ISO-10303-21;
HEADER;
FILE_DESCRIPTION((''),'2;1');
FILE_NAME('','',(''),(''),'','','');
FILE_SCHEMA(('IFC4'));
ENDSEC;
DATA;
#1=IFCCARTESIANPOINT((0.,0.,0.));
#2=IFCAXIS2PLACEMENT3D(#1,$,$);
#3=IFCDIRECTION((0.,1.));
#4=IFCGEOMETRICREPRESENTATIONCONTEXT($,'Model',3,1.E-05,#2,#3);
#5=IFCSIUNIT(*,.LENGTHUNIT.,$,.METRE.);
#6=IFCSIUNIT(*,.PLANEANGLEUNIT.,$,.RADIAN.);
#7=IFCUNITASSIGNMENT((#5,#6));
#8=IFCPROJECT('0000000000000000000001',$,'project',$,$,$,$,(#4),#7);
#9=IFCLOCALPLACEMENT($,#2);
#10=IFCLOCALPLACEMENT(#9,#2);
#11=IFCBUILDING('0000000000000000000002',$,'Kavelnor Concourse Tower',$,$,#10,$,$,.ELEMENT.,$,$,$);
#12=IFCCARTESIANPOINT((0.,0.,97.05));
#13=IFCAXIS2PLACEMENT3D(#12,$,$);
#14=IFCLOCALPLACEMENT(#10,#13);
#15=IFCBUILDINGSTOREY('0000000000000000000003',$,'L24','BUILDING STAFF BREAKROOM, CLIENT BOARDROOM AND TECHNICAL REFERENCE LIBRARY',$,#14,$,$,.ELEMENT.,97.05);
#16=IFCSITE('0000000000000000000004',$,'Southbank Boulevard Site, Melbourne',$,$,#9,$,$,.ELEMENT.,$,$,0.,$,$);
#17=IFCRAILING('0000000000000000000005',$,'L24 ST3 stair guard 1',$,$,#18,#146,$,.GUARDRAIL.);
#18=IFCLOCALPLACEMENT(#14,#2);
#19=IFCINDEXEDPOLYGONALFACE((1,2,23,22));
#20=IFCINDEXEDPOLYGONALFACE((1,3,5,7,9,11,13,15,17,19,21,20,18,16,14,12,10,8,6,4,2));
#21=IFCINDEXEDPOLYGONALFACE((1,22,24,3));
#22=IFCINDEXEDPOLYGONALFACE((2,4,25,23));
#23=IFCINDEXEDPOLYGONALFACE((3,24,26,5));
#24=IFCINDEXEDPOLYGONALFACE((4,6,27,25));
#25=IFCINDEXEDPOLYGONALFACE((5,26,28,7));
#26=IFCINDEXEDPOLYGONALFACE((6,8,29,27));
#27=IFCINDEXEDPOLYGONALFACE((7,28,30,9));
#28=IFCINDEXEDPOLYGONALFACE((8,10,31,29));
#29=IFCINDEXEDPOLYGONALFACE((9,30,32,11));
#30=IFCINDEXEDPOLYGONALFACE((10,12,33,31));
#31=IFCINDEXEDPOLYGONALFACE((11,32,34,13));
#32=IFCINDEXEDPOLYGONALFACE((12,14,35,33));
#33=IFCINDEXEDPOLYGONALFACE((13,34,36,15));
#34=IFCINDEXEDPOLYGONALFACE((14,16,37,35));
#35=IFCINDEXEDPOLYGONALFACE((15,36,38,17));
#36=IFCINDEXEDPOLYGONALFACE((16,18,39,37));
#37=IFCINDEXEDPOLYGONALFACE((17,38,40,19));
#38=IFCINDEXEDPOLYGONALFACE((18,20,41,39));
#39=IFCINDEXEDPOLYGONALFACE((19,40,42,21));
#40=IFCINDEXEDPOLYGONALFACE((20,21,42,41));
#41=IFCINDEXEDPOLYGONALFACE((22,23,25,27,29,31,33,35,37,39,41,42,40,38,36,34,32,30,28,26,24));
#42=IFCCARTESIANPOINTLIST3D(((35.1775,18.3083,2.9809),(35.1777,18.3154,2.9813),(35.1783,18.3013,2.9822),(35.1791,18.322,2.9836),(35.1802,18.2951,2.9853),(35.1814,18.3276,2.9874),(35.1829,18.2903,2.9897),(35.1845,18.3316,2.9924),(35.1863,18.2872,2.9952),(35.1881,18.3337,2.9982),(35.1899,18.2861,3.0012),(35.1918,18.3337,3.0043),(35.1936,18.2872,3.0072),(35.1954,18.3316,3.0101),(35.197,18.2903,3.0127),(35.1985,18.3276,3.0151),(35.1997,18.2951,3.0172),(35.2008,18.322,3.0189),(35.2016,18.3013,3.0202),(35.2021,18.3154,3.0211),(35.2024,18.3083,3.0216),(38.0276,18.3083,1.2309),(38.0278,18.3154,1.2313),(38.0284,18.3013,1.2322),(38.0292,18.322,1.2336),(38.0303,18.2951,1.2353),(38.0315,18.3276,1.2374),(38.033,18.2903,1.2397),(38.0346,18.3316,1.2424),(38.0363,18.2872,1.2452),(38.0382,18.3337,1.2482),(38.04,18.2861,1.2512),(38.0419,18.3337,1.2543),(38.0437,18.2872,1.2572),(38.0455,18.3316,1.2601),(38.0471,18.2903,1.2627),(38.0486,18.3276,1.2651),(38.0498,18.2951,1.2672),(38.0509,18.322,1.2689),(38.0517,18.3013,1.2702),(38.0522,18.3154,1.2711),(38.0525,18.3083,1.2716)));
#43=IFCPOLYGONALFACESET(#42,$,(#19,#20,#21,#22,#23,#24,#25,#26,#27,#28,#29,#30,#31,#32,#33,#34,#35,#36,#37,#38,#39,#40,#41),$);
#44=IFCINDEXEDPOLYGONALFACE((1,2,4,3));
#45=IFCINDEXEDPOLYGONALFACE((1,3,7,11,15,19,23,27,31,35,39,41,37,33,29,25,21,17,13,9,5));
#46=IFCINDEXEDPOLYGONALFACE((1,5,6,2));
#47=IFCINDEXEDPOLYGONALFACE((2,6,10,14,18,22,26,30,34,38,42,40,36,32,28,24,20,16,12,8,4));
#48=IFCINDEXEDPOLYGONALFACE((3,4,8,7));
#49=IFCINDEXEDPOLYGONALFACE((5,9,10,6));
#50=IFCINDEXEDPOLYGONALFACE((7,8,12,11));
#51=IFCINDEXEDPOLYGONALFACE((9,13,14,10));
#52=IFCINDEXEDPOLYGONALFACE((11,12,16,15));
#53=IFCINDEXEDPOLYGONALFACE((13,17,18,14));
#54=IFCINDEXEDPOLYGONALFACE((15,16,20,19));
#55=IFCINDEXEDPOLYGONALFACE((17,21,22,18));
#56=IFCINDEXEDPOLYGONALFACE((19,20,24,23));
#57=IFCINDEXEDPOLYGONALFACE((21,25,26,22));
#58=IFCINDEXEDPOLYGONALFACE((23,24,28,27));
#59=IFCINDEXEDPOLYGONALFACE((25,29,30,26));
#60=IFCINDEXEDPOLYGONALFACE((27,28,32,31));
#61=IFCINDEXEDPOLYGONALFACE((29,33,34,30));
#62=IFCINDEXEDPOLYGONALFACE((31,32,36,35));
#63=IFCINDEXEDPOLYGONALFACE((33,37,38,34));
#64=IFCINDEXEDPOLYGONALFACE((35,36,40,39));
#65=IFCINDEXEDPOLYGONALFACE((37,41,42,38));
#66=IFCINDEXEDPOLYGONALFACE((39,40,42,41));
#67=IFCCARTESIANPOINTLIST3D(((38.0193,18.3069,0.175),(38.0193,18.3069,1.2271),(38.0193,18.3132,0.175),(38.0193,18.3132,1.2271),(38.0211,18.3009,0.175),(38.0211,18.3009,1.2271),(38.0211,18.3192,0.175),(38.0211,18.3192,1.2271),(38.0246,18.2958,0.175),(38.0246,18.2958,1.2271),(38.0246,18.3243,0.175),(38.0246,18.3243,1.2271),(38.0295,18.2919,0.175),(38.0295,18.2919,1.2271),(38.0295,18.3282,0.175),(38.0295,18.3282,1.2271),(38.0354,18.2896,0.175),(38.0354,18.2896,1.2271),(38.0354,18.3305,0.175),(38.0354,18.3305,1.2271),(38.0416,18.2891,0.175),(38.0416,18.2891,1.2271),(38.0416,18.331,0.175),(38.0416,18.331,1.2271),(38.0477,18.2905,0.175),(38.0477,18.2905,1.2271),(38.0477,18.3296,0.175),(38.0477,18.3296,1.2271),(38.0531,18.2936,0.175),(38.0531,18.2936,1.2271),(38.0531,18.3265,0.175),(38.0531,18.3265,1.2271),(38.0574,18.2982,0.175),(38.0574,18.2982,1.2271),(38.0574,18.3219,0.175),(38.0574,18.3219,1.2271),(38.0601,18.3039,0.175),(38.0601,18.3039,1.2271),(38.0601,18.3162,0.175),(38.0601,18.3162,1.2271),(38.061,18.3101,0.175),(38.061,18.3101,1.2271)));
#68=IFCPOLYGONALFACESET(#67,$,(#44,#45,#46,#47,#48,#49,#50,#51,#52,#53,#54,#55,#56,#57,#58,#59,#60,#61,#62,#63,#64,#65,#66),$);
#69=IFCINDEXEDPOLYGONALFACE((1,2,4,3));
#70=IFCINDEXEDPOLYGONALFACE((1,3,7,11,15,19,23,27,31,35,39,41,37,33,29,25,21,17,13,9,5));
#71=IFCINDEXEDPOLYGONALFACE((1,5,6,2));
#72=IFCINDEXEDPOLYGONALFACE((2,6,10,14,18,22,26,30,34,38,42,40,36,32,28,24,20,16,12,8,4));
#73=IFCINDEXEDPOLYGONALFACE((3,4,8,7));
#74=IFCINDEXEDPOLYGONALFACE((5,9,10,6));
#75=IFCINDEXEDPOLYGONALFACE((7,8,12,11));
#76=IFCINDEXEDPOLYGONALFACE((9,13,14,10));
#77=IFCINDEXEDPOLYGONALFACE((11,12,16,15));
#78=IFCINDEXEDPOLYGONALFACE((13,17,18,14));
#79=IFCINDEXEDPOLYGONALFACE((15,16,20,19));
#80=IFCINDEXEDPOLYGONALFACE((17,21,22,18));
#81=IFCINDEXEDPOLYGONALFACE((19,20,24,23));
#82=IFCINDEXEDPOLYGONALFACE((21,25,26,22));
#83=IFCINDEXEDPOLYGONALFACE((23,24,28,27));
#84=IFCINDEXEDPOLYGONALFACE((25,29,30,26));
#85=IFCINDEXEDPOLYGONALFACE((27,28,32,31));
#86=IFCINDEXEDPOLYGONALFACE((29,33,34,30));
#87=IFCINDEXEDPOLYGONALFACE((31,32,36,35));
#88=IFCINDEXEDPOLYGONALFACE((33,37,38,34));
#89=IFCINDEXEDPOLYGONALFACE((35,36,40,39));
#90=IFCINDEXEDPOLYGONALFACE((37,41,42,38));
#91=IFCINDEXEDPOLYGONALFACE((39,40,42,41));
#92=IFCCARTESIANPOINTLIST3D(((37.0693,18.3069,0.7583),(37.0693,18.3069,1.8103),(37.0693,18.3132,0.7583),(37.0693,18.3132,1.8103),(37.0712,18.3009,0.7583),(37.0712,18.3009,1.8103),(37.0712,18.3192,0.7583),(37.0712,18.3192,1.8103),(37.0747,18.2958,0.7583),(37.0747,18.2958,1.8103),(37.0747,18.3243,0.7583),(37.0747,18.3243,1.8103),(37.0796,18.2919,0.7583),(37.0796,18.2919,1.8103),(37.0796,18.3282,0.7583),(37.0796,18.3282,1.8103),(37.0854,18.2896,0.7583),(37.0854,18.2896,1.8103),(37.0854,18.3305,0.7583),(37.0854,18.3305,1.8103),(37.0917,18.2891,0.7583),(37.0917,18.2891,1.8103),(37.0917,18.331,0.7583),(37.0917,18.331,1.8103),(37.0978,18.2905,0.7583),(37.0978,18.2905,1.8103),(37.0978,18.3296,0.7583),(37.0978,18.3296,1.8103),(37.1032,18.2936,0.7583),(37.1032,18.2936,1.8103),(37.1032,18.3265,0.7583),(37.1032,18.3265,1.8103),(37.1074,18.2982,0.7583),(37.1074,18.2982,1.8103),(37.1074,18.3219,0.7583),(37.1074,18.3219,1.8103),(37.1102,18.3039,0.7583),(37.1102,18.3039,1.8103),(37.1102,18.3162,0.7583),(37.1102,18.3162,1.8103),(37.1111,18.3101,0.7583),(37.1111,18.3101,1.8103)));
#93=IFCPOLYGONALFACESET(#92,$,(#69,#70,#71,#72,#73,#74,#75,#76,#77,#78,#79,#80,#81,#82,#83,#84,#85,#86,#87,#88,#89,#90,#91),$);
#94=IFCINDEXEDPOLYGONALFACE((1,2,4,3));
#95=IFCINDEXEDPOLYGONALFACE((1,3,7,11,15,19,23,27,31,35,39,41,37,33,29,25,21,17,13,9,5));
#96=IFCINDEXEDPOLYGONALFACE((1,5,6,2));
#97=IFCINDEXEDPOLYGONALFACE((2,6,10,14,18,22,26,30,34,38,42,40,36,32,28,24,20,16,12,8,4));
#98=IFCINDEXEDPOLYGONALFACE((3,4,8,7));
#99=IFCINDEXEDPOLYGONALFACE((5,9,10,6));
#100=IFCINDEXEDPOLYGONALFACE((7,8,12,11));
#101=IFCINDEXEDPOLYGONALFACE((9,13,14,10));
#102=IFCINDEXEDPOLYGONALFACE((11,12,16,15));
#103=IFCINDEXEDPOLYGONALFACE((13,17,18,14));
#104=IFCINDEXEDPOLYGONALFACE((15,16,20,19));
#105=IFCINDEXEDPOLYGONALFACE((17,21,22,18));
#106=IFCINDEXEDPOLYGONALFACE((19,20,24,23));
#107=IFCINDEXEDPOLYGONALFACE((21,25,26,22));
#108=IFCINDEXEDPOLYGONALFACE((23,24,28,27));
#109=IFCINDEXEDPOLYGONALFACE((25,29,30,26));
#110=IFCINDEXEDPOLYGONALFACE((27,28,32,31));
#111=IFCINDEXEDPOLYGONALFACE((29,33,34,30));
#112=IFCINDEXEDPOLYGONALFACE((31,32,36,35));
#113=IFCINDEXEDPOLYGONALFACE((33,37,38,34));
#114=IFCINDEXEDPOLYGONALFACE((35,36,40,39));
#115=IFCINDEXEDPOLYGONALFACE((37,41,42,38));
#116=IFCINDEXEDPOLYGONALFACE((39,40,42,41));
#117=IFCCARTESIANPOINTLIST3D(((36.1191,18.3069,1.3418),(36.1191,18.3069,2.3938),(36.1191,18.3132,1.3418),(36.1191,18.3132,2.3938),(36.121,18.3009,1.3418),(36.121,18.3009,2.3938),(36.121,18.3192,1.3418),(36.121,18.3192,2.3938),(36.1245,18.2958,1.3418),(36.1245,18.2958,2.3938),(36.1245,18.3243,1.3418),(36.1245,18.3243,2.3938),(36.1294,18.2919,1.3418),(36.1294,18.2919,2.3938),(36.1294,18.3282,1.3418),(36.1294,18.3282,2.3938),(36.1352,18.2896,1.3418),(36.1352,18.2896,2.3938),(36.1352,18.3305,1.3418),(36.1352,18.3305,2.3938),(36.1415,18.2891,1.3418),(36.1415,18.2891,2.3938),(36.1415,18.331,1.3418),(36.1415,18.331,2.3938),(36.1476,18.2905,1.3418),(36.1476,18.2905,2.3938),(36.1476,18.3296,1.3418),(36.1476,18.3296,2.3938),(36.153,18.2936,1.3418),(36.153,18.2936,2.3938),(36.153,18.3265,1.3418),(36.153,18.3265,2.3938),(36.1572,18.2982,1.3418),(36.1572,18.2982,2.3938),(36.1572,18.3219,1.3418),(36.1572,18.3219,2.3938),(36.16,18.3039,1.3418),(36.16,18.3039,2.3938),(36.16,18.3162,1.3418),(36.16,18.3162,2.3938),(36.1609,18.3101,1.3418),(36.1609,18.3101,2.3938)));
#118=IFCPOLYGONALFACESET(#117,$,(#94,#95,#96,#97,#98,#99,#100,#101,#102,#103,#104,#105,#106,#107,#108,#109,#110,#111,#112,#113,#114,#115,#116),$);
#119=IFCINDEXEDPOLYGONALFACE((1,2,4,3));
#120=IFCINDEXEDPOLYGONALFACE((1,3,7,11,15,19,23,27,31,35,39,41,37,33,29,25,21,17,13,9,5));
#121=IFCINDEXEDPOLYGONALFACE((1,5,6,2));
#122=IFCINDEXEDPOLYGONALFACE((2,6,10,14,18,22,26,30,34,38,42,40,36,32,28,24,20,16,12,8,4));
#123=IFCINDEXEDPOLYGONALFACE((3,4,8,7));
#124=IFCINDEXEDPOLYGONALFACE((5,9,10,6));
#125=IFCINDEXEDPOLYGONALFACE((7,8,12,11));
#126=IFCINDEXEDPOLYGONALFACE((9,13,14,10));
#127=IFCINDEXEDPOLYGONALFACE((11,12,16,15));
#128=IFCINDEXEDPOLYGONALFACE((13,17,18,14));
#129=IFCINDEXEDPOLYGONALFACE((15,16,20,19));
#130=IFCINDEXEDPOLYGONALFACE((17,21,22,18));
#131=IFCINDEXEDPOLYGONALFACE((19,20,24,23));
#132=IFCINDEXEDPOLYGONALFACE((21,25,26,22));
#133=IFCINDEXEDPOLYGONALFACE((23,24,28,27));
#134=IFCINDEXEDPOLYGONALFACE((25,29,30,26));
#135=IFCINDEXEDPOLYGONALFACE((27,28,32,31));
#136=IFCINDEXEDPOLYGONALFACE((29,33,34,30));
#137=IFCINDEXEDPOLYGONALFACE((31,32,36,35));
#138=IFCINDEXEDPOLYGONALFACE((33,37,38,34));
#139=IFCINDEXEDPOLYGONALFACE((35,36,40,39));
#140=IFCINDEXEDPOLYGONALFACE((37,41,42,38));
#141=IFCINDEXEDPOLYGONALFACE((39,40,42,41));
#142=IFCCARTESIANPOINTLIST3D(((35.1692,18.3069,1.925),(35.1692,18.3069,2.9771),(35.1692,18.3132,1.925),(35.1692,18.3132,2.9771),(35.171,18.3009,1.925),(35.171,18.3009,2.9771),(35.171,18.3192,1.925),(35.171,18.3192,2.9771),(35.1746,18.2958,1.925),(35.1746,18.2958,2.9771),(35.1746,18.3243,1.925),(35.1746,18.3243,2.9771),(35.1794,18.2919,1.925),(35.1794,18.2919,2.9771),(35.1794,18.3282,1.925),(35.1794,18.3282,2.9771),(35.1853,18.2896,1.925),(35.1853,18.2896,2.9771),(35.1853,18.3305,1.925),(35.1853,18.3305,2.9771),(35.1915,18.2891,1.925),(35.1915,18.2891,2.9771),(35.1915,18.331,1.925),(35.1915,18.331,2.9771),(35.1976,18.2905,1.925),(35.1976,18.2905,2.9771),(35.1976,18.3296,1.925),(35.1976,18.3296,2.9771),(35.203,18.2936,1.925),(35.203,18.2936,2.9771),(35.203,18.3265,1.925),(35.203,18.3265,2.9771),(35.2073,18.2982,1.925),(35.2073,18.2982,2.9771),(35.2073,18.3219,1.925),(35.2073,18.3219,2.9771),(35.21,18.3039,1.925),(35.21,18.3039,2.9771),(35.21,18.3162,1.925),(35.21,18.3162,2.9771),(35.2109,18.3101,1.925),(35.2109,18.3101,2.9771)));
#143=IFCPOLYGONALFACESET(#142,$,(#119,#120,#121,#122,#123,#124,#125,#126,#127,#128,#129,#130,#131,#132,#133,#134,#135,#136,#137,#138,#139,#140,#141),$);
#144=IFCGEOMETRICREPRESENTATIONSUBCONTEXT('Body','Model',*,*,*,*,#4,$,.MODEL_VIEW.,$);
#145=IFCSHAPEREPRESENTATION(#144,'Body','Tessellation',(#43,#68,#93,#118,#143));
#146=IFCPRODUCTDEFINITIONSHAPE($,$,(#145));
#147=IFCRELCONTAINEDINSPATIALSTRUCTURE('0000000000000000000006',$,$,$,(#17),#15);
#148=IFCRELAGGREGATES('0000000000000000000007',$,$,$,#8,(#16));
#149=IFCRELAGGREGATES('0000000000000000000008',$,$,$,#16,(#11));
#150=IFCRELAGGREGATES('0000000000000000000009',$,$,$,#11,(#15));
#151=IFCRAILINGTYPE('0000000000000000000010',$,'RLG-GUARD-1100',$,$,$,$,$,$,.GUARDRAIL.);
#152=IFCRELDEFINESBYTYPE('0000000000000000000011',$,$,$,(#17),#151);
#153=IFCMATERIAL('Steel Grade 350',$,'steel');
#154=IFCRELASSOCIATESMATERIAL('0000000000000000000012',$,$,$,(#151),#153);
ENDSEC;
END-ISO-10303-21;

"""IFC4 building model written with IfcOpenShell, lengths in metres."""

from ifc_helpers import new_model, si_unit, direction, frame, origin, origin_2d, place, context, subcontext, project, spatial, circle, extrude, material, type_object, element, save


model = new_model("IFC4")

# Units and contexts
model_context = context("Model", 3, precision=1e-05, world=origin(), true_north=direction((0.0, 1.0)))
body_context = subcontext(model_context, "Body", "Model", "MODEL_VIEW")
ifc_project = project(units=[si_unit("LENGTHUNIT", "METRE"), si_unit("PLANEANGLEUNIT", "RADIAN")], contexts=[model_context])

# Site, building, storey
site_placement = place(None, origin())
site = spatial("IfcSite", under=ifc_project, at=site_placement, Name="Southbank Boulevard Site, Melbourne", CompositionType="ELEMENT", RefElevation=0.0)
building_placement = place(site_placement, origin())
building = spatial("IfcBuilding", under=site, at=building_placement, Name="Kavelnor Concourse Tower", CompositionType="ELEMENT")
storey_placement = place(building_placement, frame((0.0, 0.0, 97.05)))
storey = spatial("IfcBuildingStorey", under=building, at=storey_placement, Name="L24", Description="BUILDING STAFF BREAKROOM, CLIENT BOARDROOM AND TECHNICAL REFERENCE LIBRARY", CompositionType="ELEMENT", Elevation=97.05)

# Shared definitions
ifc_material_1 = material(Name="Steel Grade 350", Category="steel")

# Railing
railing_type_1 = type_object("IfcRailingType", Name="RLG-GUARD-1100", PredefinedType="GUARDRAIL", material=ifc_material_1)
railing_1_placement = place(storey_placement, frame((38.04, 18.3101, 0.175)))
element("IfcRailing", 1, at=railing_1_placement, inside=storey, type_object=railing_type_1, Name="L24 ST3 stair guard 1", PredefinedType="GUARDRAIL", context=body_context, shape_type="SweptSolid", body=[
    extrude(circle(Radius=0.0239, at=origin_2d()), frame((0.0, 0.0, 1.0762), z_axis=(-0.852179, 0.0, 0.52325), x_axis=(0.0, -1.0, 0.0)), (0.0, 0.0, 1.0), 3.3445),
    extrude(circle(Radius=0.021, at=origin_2d()), origin(), (0.0, 0.0, 1.0), 1.052),
    extrude(circle(Radius=0.021, at=origin_2d()), frame((-0.95, 0.0, 0.5833)), (0.0, 0.0, 1.0), 1.052),
    extrude(circle(Radius=0.021, at=origin_2d()), frame((-1.9001, 0.0, 1.1667)), (0.0, 0.0, 1.0), 1.052),
    extrude(circle(Radius=0.021, at=origin_2d()), frame((-2.8501, 0.0, 1.75)), (0.0, 0.0, 1.0), 1.052),
])

save(model, "model.ifc")
